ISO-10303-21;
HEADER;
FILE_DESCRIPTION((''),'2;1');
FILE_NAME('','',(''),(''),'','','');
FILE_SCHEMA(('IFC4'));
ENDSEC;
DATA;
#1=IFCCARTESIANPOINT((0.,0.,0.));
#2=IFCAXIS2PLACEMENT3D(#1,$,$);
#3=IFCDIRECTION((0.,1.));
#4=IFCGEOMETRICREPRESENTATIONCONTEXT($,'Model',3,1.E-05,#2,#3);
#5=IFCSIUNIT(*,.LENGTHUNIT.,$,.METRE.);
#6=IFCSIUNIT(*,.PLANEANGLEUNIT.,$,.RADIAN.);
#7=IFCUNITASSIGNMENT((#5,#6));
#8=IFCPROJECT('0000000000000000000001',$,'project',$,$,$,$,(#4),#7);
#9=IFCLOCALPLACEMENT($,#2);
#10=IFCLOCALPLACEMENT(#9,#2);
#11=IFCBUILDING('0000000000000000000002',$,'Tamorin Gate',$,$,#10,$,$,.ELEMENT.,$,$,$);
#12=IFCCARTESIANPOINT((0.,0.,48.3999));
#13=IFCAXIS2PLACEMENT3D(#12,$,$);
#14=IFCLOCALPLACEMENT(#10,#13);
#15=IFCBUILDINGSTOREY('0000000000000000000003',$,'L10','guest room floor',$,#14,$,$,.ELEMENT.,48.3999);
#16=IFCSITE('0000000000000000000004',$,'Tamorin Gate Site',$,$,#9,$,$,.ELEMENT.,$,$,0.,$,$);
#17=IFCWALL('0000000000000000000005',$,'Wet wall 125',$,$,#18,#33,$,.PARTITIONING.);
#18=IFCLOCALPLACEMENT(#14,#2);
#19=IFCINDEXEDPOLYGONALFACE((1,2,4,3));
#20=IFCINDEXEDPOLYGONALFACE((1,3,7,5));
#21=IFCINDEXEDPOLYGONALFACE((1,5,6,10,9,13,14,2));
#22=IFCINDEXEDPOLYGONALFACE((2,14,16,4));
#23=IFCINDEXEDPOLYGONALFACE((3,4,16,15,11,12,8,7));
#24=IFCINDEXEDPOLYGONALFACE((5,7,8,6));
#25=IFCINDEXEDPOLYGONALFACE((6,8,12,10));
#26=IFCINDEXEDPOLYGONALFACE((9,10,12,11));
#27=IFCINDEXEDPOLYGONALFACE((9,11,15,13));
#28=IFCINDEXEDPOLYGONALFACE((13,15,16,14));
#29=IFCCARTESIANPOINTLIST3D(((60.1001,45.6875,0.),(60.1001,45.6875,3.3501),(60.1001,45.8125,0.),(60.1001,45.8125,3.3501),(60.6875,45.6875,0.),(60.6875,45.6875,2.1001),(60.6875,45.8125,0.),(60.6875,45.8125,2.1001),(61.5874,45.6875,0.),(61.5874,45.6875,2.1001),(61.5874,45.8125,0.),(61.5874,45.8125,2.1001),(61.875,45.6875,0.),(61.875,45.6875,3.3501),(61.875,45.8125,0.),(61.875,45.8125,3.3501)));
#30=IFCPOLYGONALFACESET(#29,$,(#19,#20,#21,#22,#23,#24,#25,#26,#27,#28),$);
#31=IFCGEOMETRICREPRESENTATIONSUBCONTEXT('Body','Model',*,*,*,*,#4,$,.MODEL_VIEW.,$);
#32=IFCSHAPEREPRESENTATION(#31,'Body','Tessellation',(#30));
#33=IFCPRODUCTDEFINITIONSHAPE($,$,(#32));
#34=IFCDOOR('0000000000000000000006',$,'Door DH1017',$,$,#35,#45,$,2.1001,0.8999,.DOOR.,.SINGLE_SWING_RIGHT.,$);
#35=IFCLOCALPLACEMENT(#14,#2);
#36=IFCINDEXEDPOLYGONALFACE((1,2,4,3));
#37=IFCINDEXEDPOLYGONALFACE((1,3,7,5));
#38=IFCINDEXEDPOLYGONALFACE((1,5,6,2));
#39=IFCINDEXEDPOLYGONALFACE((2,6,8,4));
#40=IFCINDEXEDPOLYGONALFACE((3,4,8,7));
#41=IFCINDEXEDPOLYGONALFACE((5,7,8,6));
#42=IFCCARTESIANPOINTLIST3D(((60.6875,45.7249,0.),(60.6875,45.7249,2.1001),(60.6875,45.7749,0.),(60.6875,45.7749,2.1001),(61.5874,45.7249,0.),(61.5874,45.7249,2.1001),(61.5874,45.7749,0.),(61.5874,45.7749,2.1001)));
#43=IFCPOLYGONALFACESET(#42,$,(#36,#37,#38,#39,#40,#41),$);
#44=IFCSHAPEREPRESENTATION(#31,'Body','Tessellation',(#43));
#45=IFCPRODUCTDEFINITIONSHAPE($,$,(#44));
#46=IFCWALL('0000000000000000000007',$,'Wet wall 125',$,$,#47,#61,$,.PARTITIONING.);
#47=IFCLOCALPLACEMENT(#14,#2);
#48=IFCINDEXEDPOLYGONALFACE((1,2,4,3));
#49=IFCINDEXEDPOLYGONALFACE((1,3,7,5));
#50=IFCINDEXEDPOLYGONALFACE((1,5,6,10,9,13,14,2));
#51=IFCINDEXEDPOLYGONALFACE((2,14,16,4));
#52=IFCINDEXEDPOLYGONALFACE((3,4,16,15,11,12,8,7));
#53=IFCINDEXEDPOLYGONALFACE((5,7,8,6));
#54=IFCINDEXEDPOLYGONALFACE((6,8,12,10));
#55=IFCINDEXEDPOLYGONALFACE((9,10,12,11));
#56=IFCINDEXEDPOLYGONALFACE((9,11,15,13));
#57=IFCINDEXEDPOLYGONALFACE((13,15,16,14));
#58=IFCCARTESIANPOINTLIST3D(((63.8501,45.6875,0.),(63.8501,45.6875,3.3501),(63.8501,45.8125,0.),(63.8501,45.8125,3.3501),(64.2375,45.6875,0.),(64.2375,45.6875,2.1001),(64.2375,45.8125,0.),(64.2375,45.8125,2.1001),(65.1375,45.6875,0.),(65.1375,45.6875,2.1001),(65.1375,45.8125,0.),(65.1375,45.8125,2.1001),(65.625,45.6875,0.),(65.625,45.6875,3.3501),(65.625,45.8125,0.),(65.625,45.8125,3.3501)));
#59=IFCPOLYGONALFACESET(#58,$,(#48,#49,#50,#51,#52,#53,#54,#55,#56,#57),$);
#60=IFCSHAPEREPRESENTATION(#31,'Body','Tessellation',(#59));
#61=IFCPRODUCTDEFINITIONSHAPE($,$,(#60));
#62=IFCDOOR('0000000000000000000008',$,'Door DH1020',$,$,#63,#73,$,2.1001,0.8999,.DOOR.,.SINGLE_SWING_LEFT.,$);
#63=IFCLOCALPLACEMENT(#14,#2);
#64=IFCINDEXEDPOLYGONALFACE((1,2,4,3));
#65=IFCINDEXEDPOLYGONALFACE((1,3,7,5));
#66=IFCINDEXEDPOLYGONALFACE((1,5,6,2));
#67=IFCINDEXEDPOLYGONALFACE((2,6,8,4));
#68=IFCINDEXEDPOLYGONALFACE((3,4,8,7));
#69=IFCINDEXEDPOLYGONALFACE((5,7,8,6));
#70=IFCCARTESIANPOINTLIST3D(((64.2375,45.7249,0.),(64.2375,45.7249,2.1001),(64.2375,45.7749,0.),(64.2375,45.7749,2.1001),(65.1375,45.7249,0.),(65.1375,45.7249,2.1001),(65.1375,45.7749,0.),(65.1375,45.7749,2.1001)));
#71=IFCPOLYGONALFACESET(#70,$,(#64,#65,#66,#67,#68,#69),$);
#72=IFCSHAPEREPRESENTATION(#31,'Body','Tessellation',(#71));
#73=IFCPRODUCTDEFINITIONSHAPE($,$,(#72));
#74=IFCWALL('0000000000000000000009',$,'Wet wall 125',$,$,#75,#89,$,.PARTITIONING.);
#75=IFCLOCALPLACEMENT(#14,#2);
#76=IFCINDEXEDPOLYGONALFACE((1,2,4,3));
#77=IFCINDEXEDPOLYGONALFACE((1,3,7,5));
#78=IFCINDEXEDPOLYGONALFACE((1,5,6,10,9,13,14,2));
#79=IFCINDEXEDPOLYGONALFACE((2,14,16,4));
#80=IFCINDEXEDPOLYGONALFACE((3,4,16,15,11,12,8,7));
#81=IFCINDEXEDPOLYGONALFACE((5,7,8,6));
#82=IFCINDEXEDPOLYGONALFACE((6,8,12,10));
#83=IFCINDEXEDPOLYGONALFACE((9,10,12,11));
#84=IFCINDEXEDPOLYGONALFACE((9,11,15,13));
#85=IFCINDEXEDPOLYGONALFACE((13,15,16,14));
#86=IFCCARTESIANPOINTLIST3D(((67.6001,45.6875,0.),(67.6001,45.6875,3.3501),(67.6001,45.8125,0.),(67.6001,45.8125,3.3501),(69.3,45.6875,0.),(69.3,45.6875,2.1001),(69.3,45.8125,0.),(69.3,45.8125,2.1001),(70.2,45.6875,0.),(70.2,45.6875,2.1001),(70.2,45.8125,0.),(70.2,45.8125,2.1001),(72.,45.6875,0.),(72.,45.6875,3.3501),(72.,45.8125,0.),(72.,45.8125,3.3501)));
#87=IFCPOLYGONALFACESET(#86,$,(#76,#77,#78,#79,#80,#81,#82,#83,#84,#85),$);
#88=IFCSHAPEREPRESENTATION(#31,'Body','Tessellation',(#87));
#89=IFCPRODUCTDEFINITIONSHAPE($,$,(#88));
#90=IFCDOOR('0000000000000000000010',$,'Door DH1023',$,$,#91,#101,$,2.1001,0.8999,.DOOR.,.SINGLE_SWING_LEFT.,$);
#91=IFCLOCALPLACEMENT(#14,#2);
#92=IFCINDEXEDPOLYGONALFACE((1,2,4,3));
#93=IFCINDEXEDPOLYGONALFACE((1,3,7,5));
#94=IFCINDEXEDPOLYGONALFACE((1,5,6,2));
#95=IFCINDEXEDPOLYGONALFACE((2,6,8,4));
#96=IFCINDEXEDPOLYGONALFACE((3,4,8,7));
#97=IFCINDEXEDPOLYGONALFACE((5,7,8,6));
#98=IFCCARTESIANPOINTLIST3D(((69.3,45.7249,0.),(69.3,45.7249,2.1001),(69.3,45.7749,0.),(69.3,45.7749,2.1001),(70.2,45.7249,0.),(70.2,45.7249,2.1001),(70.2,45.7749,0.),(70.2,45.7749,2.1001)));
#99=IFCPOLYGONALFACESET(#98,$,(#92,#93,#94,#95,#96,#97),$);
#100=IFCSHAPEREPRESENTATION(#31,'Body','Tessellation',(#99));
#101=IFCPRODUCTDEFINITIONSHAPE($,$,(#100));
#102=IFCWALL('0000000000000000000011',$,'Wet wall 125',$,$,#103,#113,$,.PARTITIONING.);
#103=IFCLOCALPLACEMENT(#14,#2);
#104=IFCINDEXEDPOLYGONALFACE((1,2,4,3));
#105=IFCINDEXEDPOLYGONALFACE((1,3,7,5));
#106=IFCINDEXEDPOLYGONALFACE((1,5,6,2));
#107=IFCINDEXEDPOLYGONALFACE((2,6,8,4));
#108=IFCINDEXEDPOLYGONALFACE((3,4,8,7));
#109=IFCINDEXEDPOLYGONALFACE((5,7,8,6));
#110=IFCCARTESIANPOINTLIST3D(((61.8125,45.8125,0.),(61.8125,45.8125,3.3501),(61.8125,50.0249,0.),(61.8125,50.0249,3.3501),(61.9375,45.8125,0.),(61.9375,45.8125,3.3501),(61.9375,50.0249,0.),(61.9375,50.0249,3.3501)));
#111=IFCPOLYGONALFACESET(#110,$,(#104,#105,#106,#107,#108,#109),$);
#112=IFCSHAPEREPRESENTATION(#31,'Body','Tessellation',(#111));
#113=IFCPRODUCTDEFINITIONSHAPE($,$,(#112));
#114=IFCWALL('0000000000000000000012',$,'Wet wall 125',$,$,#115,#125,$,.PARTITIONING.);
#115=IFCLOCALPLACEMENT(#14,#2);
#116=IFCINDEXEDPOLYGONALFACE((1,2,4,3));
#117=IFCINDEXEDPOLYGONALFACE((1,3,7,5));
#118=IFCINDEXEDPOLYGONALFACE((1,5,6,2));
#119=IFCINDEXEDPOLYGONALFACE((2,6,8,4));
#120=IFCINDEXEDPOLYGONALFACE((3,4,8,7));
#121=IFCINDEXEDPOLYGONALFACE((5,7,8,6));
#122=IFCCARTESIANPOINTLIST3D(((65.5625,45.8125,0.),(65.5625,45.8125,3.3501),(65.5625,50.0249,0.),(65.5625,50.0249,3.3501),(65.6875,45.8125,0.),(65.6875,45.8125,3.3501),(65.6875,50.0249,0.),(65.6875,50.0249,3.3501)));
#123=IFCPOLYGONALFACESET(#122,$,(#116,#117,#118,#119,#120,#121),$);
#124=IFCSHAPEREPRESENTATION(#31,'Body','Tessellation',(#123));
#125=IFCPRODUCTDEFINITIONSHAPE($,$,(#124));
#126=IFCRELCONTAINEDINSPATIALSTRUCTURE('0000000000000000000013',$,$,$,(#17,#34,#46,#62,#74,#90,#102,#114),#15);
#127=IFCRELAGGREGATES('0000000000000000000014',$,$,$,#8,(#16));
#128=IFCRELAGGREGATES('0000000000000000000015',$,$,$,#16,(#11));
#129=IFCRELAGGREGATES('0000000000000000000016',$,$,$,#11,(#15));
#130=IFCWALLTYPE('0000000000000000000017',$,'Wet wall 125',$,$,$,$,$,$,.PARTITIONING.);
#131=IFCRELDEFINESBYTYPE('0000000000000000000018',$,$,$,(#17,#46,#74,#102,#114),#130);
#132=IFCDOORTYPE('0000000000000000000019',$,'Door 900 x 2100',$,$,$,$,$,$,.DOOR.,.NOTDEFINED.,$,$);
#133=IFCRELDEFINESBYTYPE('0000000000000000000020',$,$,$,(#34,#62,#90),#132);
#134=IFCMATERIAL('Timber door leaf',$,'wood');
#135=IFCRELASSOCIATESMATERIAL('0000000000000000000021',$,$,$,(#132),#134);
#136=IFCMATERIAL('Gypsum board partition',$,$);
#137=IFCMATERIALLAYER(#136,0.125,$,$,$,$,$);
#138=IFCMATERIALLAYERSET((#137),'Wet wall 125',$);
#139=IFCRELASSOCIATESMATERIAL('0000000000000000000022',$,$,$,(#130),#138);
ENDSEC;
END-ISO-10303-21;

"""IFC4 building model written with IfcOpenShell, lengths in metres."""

from ifc_helpers import new_model, si_unit, direction, frame, frame_2d, origin, place, context, subcontext, project, spatial, rectangle, extrude, material, layer, layer_set, type_object, element, fill, save


model = new_model("IFC4")

# Units and contexts
model_context = context("Model", 3, precision=1e-05, world=origin(), true_north=direction((0.0, 1.0)))
body_context = subcontext(model_context, "Body", "Model", "MODEL_VIEW")
ifc_project = project(units=[si_unit("LENGTHUNIT", "METRE"), si_unit("PLANEANGLEUNIT", "RADIAN")], contexts=[model_context])

# Site, building, storey
site_placement = place(None, origin())
site = spatial("IfcSite", under=ifc_project, at=site_placement, Name="Tamorin Gate Site", CompositionType="ELEMENT", RefElevation=0.0)
building_placement = place(site_placement, origin())
building = spatial("IfcBuilding", under=site, at=building_placement, Name="Tamorin Gate", CompositionType="ELEMENT")
storey_placement = place(building_placement, frame((0.0, 0.0, 48.3999)))
storey = spatial("IfcBuildingStorey", under=building, at=storey_placement, Name="L10", Description="guest room floor", CompositionType="ELEMENT", Elevation=48.3999)

# Shared definitions
ifc_material_1 = material(Name="Gypsum board partition")
ifc_material_2 = material(Name="Timber door leaf", Category="wood")

# Shared definitions
door_type_1 = type_object("IfcDoorType", Name="Door 900 x 2100", OperationType="NOTDEFINED", PredefinedType="DOOR", material=ifc_material_2)

# Walls, openings, doors
ifc_layer_1 = layer(ifc_material_1, 0.125)
ifc_layer_set_1 = layer_set([ifc_layer_1], Name="Wet wall 125")
wall_type_1 = type_object("IfcWallType", Name="Wet wall 125", PredefinedType="PARTITIONING", material=ifc_layer_set_1)
wall_1_placement = place(storey_placement, frame((60.1001, 45.75, 0.0), z_axis=(0.0, 0.0, 1.0), x_axis=(1.0, 0.0, 0.0)))
wall_1 = element("IfcWall", 1, at=wall_1_placement, inside=storey, type_object=wall_type_1, Name="Wet wall 125", PredefinedType="PARTITIONING", context=body_context, shape_type="SweptSolid", body=[
    extrude(rectangle(XDim=1.7749, YDim=0.125, at=frame_2d((0.8875, 0.0))), origin(), (0.0, 0.0, 1.0), 3.3501),
])
opening_1_placement = place(wall_1_placement, frame((0.5874, 0.0, 0.0)))
opening_1 = element("IfcOpeningElement", 2, at=opening_1_placement, cuts=wall_1, PredefinedType="OPENING", context=body_context, shape_type="SweptSolid", body=[
    extrude(rectangle(XDim=0.8999, YDim=2.1001, at=frame_2d((0.45, 1.05))), frame((0.0, 0.0725, 0.0), z_axis=(0.0, -1.0, 0.0), x_axis=(1.0, 0.0, 0.0)), (0.0, 0.0, 1.0), 0.145),
])
door_1_placement = place(opening_1_placement, origin())
door_1 = element("IfcDoor", 3, at=door_1_placement, inside=storey, type_object=door_type_1, Name="Door DH1017", OperationType="SINGLE_SWING_RIGHT", OverallHeight=2.1001, OverallWidth=0.8999, PredefinedType="DOOR", context=body_context, shape_type="SweptSolid", body=[
    extrude(rectangle(XDim=0.8999, YDim=2.1001, at=frame_2d((0.45, 1.05))), frame((0.0, 0.0249, 0.0), z_axis=(0.0, -1.0, 0.0), x_axis=(1.0, 0.0, 0.0)), (0.0, 0.0, 1.0), 0.05),
])
fill(opening_1, door_1)
wall_2_placement = place(storey_placement, frame((63.8501, 45.75, 0.0), z_axis=(0.0, 0.0, 1.0), x_axis=(1.0, 0.0, 0.0)))
wall_2 = element("IfcWall", 4, at=wall_2_placement, inside=storey, type_object=wall_type_1, Name="Wet wall 125", PredefinedType="PARTITIONING", context=body_context, shape_type="SweptSolid", body=[
    extrude(rectangle(XDim=1.7749, YDim=0.125, at=frame_2d((0.8875, 0.0))), origin(), (0.0, 0.0, 1.0), 3.3501),
])
opening_2_placement = place(wall_2_placement, frame((0.3875, 0.0, 0.0)))
opening_2 = element("IfcOpeningElement", 5, at=opening_2_placement, cuts=wall_2, PredefinedType="OPENING", context=body_context, shape_type="SweptSolid", body=[
    extrude(rectangle(XDim=0.8999, YDim=2.1001, at=frame_2d((0.45, 1.05))), frame((0.0, 0.0725, 0.0), z_axis=(0.0, -1.0, 0.0), x_axis=(1.0, 0.0, 0.0)), (0.0, 0.0, 1.0), 0.145),
])
door_2_placement = place(opening_2_placement, origin())
door_2 = element("IfcDoor", 6, at=door_2_placement, inside=storey, type_object=door_type_1, Name="Door DH1020", OperationType="SINGLE_SWING_LEFT", OverallHeight=2.1001, OverallWidth=0.8999, PredefinedType="DOOR", context=body_context, shape_type="SweptSolid", body=[
    extrude(rectangle(XDim=0.8999, YDim=2.1001, at=frame_2d((0.45, 1.05))), frame((0.0, 0.0249, 0.0), z_axis=(0.0, -1.0, 0.0), x_axis=(1.0, 0.0, 0.0)), (0.0, 0.0, 1.0), 0.05),
])
fill(opening_2, door_2)
wall_3_placement = place(storey_placement, frame((67.6001, 45.75, 0.0), z_axis=(0.0, 0.0, 1.0), x_axis=(1.0, 0.0, 0.0)))
wall_3 = element("IfcWall", 7, at=wall_3_placement, inside=storey, type_object=wall_type_1, Name="Wet wall 125", PredefinedType="PARTITIONING", context=body_context, shape_type="SweptSolid", body=[
    extrude(rectangle(XDim=4.3999, YDim=0.125, at=frame_2d((2.2, 0.0))), origin(), (0.0, 0.0, 1.0), 3.3501),
])
opening_3_placement = place(wall_3_placement, frame((1.7, 0.0, 0.0)))
opening_3 = element("IfcOpeningElement", 8, at=opening_3_placement, cuts=wall_3, PredefinedType="OPENING", context=body_context, shape_type="SweptSolid", body=[
    extrude(rectangle(XDim=0.8999, YDim=2.1001, at=frame_2d((0.45, 1.05))), frame((0.0, 0.0725, 0.0), z_axis=(0.0, -1.0, 0.0), x_axis=(1.0, 0.0, 0.0)), (0.0, 0.0, 1.0), 0.145),
])
door_3_placement = place(opening_3_placement, origin())
door_3 = element("IfcDoor", 9, at=door_3_placement, inside=storey, type_object=door_type_1, Name="Door DH1023", OperationType="SINGLE_SWING_LEFT", OverallHeight=2.1001, OverallWidth=0.8999, PredefinedType="DOOR", context=body_context, shape_type="SweptSolid", body=[
    extrude(rectangle(XDim=0.8999, YDim=2.1001, at=frame_2d((0.45, 1.05))), frame((0.0, 0.0249, 0.0), z_axis=(0.0, -1.0, 0.0), x_axis=(1.0, 0.0, 0.0)), (0.0, 0.0, 1.0), 0.05),
])
fill(opening_3, door_3)

# Walls
for number, where, z_axis, x_axis, name in (
    (10, (61.875, 45.8125, 0.0), (0.0, 0.0, 1.0), (0.0, 1.0, 0.0), "Wet wall 125"),
    (11, (65.625, 45.8125, 0.0), (0.0, 0.0, 1.0), (0.0, 1.0, 0.0), "Wet wall 125"),
):
    element("IfcWall", number, at=place(storey_placement, frame(where, z_axis=z_axis, x_axis=x_axis)), inside=storey, type_object=wall_type_1, Name=name, PredefinedType="PARTITIONING", context=body_context, shape_type="SweptSolid", body=[
        extrude(rectangle(XDim=4.2124, YDim=0.125, at=frame_2d((2.1062, 0.0))), origin(), (0.0, 0.0, 1.0), 3.3501),
    ])

save(model, "model.ifc")
